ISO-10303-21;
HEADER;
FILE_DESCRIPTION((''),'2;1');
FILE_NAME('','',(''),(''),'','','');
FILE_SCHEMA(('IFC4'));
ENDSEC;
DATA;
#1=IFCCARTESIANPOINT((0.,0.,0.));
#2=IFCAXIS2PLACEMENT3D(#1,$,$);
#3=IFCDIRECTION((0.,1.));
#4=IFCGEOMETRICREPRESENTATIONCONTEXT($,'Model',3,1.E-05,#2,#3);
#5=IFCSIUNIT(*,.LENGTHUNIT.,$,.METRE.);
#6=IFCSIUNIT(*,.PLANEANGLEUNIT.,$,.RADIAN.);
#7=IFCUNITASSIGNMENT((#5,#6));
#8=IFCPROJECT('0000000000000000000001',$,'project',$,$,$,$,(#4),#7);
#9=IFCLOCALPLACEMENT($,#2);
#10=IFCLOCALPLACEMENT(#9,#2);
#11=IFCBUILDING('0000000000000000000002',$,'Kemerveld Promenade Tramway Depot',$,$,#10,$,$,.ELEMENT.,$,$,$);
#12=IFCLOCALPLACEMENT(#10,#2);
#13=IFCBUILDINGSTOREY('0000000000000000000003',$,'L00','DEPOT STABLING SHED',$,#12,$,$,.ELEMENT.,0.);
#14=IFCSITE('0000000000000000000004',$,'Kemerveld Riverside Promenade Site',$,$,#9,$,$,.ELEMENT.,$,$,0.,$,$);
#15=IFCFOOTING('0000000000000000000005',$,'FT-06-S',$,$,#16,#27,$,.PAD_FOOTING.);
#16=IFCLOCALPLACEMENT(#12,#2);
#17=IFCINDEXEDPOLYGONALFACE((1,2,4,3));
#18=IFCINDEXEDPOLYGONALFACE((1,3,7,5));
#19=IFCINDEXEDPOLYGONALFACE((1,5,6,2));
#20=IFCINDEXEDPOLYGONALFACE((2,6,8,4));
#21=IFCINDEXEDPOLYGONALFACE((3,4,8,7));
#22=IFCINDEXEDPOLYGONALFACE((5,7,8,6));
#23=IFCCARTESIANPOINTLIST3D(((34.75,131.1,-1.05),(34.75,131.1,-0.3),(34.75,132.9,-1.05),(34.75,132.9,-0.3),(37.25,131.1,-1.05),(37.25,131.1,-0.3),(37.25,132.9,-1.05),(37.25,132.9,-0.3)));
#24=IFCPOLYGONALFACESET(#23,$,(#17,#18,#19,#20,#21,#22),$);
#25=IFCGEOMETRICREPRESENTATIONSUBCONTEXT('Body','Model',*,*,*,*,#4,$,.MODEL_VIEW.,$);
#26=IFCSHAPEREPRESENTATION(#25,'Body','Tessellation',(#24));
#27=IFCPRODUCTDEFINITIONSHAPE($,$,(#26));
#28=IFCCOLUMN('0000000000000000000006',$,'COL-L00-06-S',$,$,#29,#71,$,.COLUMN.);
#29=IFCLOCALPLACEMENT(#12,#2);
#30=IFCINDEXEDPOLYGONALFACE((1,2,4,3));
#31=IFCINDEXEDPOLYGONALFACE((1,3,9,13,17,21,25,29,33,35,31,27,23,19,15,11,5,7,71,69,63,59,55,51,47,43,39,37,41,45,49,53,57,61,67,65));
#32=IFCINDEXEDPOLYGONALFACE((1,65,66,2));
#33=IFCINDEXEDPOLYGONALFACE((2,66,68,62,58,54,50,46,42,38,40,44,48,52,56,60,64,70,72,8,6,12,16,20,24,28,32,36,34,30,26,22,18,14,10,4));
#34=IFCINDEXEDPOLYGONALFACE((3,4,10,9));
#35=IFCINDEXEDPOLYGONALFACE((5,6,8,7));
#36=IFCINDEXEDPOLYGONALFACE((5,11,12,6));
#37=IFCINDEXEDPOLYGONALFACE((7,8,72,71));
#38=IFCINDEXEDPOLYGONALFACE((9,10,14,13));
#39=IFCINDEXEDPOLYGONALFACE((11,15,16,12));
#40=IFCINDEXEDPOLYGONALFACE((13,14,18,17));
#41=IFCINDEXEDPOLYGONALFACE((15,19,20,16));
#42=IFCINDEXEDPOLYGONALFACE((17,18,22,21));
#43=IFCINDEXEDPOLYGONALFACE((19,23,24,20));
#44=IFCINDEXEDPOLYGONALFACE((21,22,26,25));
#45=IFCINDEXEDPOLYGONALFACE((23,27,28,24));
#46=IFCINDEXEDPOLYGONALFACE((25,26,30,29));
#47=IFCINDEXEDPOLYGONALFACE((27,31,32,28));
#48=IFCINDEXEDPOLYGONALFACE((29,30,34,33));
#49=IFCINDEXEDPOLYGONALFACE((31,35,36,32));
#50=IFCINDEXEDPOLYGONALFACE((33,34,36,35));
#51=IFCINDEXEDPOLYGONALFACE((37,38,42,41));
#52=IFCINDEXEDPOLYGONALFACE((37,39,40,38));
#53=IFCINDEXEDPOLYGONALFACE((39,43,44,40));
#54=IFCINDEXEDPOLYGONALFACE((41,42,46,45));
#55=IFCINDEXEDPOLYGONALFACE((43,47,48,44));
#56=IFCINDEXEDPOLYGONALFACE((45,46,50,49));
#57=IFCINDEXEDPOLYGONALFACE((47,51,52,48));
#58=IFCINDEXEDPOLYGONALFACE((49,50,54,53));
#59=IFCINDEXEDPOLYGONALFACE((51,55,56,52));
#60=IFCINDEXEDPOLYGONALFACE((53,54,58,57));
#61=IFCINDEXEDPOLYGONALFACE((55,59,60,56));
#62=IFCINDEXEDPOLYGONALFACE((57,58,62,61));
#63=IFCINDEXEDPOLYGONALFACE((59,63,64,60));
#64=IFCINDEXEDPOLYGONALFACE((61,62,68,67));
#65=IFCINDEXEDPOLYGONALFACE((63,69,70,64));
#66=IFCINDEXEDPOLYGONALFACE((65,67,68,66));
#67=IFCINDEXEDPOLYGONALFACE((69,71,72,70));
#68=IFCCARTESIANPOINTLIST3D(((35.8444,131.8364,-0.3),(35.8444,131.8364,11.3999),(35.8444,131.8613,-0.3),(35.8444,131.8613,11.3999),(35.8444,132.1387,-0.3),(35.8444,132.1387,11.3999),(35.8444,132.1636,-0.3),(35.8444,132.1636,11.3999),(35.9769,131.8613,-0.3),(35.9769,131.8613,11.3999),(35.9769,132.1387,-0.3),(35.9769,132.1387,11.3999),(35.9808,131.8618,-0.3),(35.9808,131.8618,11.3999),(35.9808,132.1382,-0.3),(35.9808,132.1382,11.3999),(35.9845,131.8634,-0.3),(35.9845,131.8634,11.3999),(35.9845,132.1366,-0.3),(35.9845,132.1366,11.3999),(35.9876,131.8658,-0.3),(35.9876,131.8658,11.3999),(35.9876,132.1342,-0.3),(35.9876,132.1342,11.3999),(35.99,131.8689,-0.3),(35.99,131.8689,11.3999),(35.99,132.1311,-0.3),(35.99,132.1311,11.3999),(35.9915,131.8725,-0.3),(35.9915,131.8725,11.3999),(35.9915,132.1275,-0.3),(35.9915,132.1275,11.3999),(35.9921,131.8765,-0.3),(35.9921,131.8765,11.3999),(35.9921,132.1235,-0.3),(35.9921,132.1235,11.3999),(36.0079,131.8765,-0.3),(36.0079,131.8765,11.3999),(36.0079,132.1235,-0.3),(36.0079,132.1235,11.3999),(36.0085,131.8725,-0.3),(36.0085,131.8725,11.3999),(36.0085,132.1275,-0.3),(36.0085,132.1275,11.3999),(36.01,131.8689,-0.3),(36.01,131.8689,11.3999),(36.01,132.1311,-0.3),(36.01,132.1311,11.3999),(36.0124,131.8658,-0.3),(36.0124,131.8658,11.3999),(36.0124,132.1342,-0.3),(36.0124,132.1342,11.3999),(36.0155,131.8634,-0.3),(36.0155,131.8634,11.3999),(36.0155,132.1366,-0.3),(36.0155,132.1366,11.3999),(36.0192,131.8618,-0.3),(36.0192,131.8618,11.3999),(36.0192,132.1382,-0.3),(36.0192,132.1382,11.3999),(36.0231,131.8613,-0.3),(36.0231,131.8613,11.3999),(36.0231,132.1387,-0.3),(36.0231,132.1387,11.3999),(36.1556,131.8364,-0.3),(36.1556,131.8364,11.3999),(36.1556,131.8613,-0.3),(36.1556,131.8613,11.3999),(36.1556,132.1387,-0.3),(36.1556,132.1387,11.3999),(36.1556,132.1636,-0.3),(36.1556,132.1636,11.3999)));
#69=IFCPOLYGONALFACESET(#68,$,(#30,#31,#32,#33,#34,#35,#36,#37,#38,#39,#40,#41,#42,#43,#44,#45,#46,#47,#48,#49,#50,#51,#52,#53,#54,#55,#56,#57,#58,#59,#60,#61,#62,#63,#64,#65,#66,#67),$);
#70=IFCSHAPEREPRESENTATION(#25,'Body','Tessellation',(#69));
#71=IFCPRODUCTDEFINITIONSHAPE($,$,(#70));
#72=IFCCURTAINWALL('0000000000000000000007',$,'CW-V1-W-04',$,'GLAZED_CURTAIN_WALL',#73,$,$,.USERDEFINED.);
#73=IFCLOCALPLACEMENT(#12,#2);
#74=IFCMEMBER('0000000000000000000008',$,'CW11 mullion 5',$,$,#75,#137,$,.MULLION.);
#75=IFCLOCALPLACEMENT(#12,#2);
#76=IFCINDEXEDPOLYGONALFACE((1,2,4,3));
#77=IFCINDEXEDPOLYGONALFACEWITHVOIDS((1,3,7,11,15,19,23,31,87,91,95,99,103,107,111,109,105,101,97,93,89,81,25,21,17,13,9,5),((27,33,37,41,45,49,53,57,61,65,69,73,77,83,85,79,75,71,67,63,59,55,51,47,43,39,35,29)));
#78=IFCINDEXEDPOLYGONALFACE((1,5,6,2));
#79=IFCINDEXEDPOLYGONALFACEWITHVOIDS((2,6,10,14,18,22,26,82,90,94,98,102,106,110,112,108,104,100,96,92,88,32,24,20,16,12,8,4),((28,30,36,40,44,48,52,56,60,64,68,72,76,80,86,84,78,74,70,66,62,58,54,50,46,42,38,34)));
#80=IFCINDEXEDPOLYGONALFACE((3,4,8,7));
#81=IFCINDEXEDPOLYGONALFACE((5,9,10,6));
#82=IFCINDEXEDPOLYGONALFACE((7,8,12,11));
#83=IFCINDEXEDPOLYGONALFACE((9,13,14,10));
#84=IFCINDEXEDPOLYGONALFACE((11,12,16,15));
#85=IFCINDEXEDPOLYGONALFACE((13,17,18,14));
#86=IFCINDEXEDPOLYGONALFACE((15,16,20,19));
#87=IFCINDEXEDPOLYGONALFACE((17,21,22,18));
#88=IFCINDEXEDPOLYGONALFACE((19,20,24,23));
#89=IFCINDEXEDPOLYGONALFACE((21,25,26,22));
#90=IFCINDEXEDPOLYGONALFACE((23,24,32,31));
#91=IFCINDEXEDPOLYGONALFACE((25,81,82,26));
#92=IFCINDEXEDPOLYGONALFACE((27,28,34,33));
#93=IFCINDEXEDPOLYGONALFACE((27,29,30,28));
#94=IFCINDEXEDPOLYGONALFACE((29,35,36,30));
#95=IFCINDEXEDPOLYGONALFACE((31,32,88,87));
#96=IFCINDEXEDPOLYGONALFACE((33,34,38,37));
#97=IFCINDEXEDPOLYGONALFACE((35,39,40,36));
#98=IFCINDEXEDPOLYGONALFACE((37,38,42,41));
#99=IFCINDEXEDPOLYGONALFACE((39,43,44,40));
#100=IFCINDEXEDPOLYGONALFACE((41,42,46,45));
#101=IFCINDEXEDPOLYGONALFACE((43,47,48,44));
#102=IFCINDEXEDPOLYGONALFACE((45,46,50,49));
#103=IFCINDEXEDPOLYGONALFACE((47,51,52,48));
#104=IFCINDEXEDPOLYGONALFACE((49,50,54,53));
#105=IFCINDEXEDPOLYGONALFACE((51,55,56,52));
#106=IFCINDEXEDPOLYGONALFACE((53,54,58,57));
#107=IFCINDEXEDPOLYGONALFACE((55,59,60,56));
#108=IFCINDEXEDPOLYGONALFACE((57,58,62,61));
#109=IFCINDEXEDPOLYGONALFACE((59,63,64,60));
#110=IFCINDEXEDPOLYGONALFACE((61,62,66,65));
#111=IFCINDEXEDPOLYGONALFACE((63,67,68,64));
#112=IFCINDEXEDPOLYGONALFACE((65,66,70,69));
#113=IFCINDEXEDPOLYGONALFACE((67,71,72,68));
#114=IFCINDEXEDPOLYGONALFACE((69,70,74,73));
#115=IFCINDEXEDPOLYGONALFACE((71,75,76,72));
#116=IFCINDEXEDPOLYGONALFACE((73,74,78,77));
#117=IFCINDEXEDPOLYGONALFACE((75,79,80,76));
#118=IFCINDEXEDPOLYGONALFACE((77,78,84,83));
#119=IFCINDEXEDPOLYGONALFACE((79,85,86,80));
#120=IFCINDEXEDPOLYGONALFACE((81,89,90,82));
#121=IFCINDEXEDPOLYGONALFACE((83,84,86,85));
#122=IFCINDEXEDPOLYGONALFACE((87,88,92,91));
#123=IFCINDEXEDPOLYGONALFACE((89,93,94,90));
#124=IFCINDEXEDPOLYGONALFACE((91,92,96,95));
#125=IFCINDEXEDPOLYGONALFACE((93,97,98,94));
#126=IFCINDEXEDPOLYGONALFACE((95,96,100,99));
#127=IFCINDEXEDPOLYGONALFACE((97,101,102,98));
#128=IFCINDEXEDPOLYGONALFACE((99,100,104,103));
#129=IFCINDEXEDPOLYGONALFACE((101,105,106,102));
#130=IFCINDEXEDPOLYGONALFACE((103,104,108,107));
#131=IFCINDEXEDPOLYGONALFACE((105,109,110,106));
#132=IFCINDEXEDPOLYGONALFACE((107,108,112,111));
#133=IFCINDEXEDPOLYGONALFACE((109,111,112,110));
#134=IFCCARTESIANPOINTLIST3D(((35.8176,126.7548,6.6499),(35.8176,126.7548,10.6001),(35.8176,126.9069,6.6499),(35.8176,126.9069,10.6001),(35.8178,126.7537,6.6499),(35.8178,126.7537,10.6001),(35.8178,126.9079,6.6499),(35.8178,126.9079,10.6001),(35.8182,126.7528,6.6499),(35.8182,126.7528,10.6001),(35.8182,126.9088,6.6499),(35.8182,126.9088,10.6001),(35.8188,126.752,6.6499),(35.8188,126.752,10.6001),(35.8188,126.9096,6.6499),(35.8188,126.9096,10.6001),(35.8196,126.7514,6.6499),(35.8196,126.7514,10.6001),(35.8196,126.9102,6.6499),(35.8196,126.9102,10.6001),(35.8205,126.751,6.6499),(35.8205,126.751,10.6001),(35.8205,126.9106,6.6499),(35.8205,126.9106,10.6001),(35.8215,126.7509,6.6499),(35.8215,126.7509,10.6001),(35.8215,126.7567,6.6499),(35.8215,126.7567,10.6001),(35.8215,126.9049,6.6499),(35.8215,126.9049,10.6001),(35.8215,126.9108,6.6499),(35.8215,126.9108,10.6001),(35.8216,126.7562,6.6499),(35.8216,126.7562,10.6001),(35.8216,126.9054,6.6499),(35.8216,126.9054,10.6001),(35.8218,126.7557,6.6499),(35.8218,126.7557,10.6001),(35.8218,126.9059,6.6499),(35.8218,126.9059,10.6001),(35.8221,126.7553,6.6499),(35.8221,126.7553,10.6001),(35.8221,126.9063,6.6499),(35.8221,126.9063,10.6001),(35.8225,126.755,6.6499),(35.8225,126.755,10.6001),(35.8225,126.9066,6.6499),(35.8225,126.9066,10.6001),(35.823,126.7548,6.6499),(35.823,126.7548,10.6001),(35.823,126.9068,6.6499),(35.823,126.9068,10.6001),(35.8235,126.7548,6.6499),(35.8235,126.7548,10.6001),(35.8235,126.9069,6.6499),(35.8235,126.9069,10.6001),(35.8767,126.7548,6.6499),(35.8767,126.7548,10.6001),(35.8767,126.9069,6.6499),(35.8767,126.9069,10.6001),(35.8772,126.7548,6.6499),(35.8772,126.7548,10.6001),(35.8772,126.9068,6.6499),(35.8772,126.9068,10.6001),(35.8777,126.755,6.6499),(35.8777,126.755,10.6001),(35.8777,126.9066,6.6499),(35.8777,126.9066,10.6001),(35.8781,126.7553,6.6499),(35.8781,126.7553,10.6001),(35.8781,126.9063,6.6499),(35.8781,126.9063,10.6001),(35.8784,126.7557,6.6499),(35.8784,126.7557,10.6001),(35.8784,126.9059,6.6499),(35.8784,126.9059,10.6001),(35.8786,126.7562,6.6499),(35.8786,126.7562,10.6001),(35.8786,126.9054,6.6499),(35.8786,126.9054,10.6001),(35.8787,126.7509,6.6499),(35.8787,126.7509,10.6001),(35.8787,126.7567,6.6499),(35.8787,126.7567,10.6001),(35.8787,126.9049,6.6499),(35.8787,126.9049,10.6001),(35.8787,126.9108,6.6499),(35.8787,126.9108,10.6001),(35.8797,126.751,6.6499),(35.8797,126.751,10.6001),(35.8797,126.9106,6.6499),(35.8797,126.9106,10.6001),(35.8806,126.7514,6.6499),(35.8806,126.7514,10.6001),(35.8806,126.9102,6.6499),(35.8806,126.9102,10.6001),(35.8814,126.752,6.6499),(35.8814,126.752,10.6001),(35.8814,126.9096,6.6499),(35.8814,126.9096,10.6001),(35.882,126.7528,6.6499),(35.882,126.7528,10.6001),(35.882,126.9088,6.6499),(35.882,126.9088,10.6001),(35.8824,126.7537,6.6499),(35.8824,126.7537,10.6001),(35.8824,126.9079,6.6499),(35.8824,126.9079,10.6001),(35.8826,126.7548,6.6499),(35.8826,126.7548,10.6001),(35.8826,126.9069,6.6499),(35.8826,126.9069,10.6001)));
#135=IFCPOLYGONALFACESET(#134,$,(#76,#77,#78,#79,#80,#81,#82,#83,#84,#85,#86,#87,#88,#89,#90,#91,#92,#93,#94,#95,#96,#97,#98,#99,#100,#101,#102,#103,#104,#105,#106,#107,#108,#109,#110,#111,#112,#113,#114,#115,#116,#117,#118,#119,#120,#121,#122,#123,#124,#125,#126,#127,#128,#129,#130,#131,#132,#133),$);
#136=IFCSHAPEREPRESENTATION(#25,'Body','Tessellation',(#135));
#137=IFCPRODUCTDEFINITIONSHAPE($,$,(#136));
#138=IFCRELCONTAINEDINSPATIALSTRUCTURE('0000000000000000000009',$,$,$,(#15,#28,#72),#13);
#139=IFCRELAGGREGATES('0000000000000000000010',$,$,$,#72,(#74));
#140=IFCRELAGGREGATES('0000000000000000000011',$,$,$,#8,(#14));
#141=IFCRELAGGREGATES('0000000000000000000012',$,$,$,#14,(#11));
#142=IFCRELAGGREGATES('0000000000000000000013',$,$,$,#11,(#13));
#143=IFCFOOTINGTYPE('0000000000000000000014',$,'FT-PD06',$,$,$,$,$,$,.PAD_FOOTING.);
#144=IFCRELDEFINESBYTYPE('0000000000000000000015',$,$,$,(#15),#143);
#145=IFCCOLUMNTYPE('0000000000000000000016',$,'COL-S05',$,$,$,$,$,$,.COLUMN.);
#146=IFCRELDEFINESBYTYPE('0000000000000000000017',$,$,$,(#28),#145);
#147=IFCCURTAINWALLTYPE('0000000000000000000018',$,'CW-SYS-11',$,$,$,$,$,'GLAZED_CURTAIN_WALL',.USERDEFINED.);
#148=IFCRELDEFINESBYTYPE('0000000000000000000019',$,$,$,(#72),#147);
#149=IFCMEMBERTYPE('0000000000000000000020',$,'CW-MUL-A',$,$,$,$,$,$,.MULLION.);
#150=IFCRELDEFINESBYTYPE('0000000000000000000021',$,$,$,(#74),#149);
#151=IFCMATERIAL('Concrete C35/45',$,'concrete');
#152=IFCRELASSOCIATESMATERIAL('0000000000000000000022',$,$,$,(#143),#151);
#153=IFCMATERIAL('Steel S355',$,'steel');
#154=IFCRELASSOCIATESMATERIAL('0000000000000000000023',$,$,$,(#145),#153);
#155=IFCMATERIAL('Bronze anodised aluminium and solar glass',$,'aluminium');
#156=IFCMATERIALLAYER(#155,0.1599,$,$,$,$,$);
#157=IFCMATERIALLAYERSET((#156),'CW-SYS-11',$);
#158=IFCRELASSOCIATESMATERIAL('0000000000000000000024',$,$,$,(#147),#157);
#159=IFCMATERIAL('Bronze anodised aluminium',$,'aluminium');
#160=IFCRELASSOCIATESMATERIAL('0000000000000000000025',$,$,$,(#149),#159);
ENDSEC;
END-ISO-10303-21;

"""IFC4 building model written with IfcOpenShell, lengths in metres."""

from ifc_helpers import new_model, si_unit, direction, frame, origin, origin_2d, place, context, subcontext, project, spatial, rectangle, hollow_rectangle, i_section, extrude, material, layer, layer_set, material_profile, profile_set, type_object, element, aggregate, save


model = new_model("IFC4")

# Units and contexts
model_context = context("Model", 3, precision=1e-05, world=origin(), true_north=direction((0.0, 1.0)))
body_context = subcontext(model_context, "Body", "Model", "MODEL_VIEW")
ifc_project = project(units=[si_unit("LENGTHUNIT", "METRE"), si_unit("PLANEANGLEUNIT", "RADIAN")], contexts=[model_context])

# Site, building, storey
site_placement = place(None, origin())
site = spatial("IfcSite", under=ifc_project, at=site_placement, Name="Kemerveld Riverside Promenade Site", CompositionType="ELEMENT", RefElevation=0.0)
building_placement = place(site_placement, origin())
building = spatial("IfcBuilding", under=site, at=building_placement, Name="Kemerveld Promenade Tramway Depot", CompositionType="ELEMENT")
storey_placement = place(building_placement, origin())
storey = spatial("IfcBuildingStorey", under=building, at=storey_placement, Name="L00", Description="DEPOT STABLING SHED", CompositionType="ELEMENT", Elevation=0.0)

# Footing
ifc_material_1 = material(Name="Concrete C35/45", Category="concrete")
footing_type = type_object("IfcFootingType", Name="FT-PD06", PredefinedType="PAD_FOOTING", material=ifc_material_1)
footing_placement = place(storey_placement, frame((36.0, 132.0, -1.05), z_axis=(0.0, 0.0, 1.0), x_axis=(1.0, 0.0, 0.0)))
element("IfcFooting", 1, at=footing_placement, inside=storey, type_object=footing_type, Name="FT-06-S", PredefinedType="PAD_FOOTING", context=body_context, shape_type="SweptSolid", body=[
    extrude(rectangle(XDim=2.5, YDim=1.8, at=origin_2d()), origin(), (0.0, 0.0, 1.0), 0.75),
])

# Column
ifc_material_2 = material(Name="Steel S355", Category="steel")
ifc_material_profile_1 = material_profile(ifc_material_2, i_section(OverallWidth=0.3113, OverallDepth=0.3271, WebThickness=0.0159, FlangeThickness=0.0249, FilletRadius=0.0151, at=origin_2d()), Name="305x305x158 UC")
ifc_profile_set_1 = profile_set([ifc_material_profile_1], Name="Steel S355")
column_type = type_object("IfcColumnType", Name="COL-S05", PredefinedType="COLUMN", material=ifc_profile_set_1)
column_placement = place(storey_placement, frame((36.0, 132.0, -0.3), z_axis=(0.0, 0.0, 1.0), x_axis=(1.0, 0.0, 0.0)))
element("IfcColumn", 2, at=column_placement, inside=storey, type_object=column_type, Name="COL-L00-06-S", PredefinedType="COLUMN", context=body_context, shape_type="SweptSolid", body=[
    extrude(i_section(OverallWidth=0.3113, OverallDepth=0.3271, WebThickness=0.0159, FlangeThickness=0.0249, FilletRadius=0.0151, at=origin_2d()), origin(), (0.0, 0.0, 1.0), 11.7),
])

# Curtain wall, member
ifc_material_3 = material(Name="Bronze anodised aluminium and solar glass", Category="aluminium")
ifc_layer_1 = layer(ifc_material_3, 0.1599)
ifc_layer_set_1 = layer_set([ifc_layer_1], Name="CW-SYS-11")
curtain_wall_type_1 = type_object("IfcCurtainWallType", Name="CW-SYS-11", ElementType="GLAZED_CURTAIN_WALL", PredefinedType="USERDEFINED", material=ifc_layer_set_1)
curtain_wall_1_placement = place(storey_placement, origin())
curtain_wall_1 = element("IfcCurtainWall", 3, at=curtain_wall_1_placement, inside=storey, type_object=curtain_wall_type_1, Name="CW-V1-W-04", ObjectType="GLAZED_CURTAIN_WALL", PredefinedType="USERDEFINED")
ifc_material_4 = material(Name="Bronze anodised aluminium", Category="aluminium")
ifc_material_profile_2 = material_profile(ifc_material_4, hollow_rectangle(XDim=0.0649, YDim=0.1599, WallThickness=0.0039, InnerFilletRadius=0.002, OuterFilletRadius=0.0039, at=origin_2d()), Name="CW-MUL-160x65")
ifc_profile_set_2 = profile_set([ifc_material_profile_2], Name="Bronze anodised aluminium")
member_type_1 = type_object("IfcMemberType", Name="CW-MUL-A", PredefinedType="MULLION", material=ifc_profile_set_2)
member_1_placement = place(storey_placement, frame((35.8501, 126.8308, 6.6499), z_axis=(0.0, 0.0, 1.0), x_axis=(-1.0, 0.0, 0.0)))
member_1 = element("IfcMember", 4, at=member_1_placement, type_object=member_type_1, Name="CW11 mullion 5", PredefinedType="MULLION", context=body_context, shape_type="SweptSolid", body=[
    extrude(hollow_rectangle(XDim=0.0649, YDim=0.1599, WallThickness=0.0039, InnerFilletRadius=0.002, OuterFilletRadius=0.0039, at=origin_2d()), origin(), (0.0, 0.0, 1.0), 3.9502),
])

aggregate(curtain_wall_1, [member_1])

save(model, "model.ifc")
